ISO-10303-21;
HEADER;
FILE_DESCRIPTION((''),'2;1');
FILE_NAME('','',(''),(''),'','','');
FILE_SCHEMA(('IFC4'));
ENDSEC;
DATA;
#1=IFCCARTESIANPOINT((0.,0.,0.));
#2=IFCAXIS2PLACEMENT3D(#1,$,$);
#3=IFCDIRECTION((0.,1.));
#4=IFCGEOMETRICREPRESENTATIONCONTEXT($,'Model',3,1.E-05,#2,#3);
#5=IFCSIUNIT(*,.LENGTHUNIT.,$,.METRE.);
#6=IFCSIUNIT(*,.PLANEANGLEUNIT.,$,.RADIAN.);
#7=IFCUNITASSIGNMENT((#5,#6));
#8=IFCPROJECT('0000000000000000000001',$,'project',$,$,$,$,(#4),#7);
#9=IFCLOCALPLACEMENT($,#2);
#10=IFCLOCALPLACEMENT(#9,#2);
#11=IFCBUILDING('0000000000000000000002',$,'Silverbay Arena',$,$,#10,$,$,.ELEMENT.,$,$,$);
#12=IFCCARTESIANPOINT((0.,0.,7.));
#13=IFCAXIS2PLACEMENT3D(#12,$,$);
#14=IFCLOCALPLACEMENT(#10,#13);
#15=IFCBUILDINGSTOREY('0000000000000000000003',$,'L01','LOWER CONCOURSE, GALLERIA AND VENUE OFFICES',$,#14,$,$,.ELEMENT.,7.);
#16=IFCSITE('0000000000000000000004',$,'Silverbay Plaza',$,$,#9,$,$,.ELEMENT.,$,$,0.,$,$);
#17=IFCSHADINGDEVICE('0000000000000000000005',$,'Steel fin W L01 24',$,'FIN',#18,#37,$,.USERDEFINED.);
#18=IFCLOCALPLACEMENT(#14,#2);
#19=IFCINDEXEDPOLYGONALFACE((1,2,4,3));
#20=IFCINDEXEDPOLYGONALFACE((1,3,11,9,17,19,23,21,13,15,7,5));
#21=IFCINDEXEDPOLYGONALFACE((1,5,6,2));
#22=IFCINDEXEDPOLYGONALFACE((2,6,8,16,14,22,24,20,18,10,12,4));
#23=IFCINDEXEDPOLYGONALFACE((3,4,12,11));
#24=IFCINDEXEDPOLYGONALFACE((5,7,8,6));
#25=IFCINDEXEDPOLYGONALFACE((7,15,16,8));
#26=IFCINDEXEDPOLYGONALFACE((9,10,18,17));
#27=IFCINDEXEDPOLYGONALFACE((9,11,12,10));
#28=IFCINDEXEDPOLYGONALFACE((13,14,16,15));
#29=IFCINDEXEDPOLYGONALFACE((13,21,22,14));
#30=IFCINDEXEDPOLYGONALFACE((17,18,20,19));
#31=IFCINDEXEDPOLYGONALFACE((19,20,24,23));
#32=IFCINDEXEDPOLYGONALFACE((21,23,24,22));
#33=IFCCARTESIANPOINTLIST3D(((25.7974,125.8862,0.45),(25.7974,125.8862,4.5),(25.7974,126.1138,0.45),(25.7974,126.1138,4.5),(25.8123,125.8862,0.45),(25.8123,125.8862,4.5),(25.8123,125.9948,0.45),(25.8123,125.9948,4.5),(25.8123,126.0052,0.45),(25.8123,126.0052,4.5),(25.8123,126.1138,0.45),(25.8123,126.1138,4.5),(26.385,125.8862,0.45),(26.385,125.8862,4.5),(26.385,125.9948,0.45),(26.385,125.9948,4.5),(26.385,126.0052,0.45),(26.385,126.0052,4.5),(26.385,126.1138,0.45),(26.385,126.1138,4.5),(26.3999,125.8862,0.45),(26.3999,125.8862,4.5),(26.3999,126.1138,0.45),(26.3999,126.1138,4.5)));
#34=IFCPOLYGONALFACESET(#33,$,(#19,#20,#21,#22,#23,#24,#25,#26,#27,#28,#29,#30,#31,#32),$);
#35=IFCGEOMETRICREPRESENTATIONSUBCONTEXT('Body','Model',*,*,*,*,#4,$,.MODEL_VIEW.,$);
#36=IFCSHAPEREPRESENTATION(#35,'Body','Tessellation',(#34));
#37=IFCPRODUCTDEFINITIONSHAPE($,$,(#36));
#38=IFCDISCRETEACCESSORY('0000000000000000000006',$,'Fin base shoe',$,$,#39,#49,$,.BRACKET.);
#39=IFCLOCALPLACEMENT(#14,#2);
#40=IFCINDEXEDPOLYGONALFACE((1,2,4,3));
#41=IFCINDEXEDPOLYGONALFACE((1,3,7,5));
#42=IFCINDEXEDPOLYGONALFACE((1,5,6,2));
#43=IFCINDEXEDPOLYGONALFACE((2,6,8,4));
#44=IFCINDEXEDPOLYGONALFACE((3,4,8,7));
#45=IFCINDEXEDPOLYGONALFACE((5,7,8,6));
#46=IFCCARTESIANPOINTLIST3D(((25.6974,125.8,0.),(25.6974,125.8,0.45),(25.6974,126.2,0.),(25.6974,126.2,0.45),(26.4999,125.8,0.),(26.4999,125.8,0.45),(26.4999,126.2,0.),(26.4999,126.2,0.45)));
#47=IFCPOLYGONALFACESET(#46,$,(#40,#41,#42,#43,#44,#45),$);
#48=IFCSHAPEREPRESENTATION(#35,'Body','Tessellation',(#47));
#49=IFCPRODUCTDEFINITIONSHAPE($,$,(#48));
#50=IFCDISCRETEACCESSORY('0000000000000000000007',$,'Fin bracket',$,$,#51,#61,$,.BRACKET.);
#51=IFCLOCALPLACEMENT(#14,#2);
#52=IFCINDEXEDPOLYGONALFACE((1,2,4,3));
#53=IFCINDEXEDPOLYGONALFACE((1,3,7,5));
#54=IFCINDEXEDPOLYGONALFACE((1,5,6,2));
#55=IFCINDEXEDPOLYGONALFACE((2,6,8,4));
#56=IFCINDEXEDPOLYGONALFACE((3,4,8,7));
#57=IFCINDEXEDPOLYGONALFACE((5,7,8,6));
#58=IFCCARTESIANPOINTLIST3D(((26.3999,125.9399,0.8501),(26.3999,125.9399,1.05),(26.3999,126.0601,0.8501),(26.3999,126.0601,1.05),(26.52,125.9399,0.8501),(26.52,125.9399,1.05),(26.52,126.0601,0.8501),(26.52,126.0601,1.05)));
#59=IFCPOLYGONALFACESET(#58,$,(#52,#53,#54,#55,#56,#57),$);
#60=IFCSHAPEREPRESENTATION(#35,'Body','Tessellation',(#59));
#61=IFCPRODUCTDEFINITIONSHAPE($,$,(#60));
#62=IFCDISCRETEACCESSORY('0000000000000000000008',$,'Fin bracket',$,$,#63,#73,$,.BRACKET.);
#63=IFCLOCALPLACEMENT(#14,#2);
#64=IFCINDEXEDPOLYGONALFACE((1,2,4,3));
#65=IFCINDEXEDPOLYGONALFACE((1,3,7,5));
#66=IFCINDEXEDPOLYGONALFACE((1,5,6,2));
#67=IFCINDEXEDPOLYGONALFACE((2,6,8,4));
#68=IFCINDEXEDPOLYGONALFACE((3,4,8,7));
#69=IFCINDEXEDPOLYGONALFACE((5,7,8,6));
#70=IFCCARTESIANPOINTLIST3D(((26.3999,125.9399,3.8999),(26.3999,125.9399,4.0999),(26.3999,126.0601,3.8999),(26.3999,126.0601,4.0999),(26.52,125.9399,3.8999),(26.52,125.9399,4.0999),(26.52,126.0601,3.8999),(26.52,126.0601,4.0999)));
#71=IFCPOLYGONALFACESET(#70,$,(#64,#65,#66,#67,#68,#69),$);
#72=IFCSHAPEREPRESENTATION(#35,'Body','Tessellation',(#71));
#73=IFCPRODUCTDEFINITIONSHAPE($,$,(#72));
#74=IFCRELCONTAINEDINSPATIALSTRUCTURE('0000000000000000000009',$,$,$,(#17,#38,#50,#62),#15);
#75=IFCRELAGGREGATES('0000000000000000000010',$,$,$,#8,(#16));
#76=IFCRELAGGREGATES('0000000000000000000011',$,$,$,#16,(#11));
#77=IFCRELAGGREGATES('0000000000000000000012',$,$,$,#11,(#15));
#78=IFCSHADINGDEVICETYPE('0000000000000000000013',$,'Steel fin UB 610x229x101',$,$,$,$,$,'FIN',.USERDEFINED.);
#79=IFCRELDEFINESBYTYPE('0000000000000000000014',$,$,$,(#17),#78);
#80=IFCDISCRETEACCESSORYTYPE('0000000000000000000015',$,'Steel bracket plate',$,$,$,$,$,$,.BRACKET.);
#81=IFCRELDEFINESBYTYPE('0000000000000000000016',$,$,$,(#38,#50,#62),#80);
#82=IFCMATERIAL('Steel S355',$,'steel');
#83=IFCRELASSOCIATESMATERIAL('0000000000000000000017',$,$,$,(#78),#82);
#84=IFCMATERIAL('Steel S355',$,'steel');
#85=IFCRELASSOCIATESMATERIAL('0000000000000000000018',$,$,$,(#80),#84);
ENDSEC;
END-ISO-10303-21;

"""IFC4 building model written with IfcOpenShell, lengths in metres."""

from ifc_helpers import new_model, si_unit, direction, frame, origin, origin_2d, place, context, subcontext, project, spatial, rectangle, i_section, extrude, material, material_profile, profile_set, type_object, element, save


model = new_model("IFC4")

# Units and contexts
model_context = context("Model", 3, precision=1e-05, world=origin(), true_north=direction((0.0, 1.0)))
body_context = subcontext(model_context, "Body", "Model", "MODEL_VIEW")
ifc_project = project(units=[si_unit("LENGTHUNIT", "METRE"), si_unit("PLANEANGLEUNIT", "RADIAN")], contexts=[model_context])

# Site, building, storey
site_placement = place(None, origin())
site = spatial("IfcSite", under=ifc_project, at=site_placement, Name="Silverbay Plaza", CompositionType="ELEMENT", RefElevation=0.0)
building_placement = place(site_placement, origin())
building = spatial("IfcBuilding", under=site, at=building_placement, Name="Silverbay Arena", CompositionType="ELEMENT")
storey_placement = place(building_placement, frame((0.0, 0.0, 7.0)))
storey = spatial("IfcBuildingStorey", under=building, at=storey_placement, Name="L01", Description="LOWER CONCOURSE, GALLERIA AND VENUE OFFICES", CompositionType="ELEMENT", Elevation=7.0)

# Shading device
ifc_material_1 = material(Name="Steel S355", Category="steel")
ifc_material_profile_1 = material_profile(ifc_material_1, i_section(OverallWidth=0.2275, OverallDepth=0.6025, WebThickness=0.0105, FlangeThickness=0.0149, at=origin_2d()), Name="UB 610x229x101")
ifc_profile_set_1 = profile_set([ifc_material_profile_1], Name="Steel S355")
shading_device_type = type_object("IfcShadingDeviceType", Name="Steel fin UB 610x229x101", ElementType="FIN", PredefinedType="USERDEFINED", material=ifc_profile_set_1)
shading_device_placement = place(storey_placement, frame((26.0986, 126.0, 0.45), z_axis=(0.0, 0.0, 1.0), x_axis=(0.0, 1.0, 0.0)))
element("IfcShadingDevice", 1, at=shading_device_placement, inside=storey, type_object=shading_device_type, Name="Steel fin W L01 24", ObjectType="FIN", PredefinedType="USERDEFINED", context=body_context, shape_type="SweptSolid", body=[
    extrude(i_section(OverallWidth=0.2275, OverallDepth=0.6025, WebThickness=0.0105, FlangeThickness=0.0149, at=origin_2d()), origin(), (0.0, 0.0, 1.0), 4.05),
])

# Discrete accessories
ifc_material_2 = material(Name="Steel S355", Category="steel")
discrete_accessory_type = type_object("IfcDiscreteAccessoryType", Name="Steel bracket plate", PredefinedType="BRACKET", material=ifc_material_2)
discrete_accessory_placement = place(storey_placement, frame((26.0986, 126.0, 0.0), z_axis=(0.0, 0.0, 1.0), x_axis=(1.0, 0.0, 0.0)))
element("IfcDiscreteAccessory", 2, at=discrete_accessory_placement, inside=storey, type_object=discrete_accessory_type, Name="Fin base shoe", PredefinedType="BRACKET", context=body_context, shape_type="SweptSolid", body=[
    extrude(rectangle(XDim=0.8025, YDim=0.3999, at=origin_2d()), origin(), (0.0, 0.0, 1.0), 0.45),
])
for number, where, z_axis, x_axis, name in (
    (3, (26.46, 126.0, 0.8501), (0.0, 0.0, 1.0), (1.0, 0.0, 0.0), "Fin bracket"),
    (4, (26.46, 126.0, 3.8999), (0.0, 0.0, 1.0), (1.0, 0.0, 0.0), "Fin bracket"),
):
    element("IfcDiscreteAccessory", number, at=place(storey_placement, frame(where, z_axis=z_axis, x_axis=x_axis)), inside=storey, type_object=discrete_accessory_type, Name=name, PredefinedType="BRACKET", context=body_context, shape_type="SweptSolid", body=[
        extrude(rectangle(XDim=0.1201, YDim=0.1201, at=origin_2d()), origin(), (0.0, 0.0, 1.0), 0.2),
    ])

save(model, "model.ifc")
